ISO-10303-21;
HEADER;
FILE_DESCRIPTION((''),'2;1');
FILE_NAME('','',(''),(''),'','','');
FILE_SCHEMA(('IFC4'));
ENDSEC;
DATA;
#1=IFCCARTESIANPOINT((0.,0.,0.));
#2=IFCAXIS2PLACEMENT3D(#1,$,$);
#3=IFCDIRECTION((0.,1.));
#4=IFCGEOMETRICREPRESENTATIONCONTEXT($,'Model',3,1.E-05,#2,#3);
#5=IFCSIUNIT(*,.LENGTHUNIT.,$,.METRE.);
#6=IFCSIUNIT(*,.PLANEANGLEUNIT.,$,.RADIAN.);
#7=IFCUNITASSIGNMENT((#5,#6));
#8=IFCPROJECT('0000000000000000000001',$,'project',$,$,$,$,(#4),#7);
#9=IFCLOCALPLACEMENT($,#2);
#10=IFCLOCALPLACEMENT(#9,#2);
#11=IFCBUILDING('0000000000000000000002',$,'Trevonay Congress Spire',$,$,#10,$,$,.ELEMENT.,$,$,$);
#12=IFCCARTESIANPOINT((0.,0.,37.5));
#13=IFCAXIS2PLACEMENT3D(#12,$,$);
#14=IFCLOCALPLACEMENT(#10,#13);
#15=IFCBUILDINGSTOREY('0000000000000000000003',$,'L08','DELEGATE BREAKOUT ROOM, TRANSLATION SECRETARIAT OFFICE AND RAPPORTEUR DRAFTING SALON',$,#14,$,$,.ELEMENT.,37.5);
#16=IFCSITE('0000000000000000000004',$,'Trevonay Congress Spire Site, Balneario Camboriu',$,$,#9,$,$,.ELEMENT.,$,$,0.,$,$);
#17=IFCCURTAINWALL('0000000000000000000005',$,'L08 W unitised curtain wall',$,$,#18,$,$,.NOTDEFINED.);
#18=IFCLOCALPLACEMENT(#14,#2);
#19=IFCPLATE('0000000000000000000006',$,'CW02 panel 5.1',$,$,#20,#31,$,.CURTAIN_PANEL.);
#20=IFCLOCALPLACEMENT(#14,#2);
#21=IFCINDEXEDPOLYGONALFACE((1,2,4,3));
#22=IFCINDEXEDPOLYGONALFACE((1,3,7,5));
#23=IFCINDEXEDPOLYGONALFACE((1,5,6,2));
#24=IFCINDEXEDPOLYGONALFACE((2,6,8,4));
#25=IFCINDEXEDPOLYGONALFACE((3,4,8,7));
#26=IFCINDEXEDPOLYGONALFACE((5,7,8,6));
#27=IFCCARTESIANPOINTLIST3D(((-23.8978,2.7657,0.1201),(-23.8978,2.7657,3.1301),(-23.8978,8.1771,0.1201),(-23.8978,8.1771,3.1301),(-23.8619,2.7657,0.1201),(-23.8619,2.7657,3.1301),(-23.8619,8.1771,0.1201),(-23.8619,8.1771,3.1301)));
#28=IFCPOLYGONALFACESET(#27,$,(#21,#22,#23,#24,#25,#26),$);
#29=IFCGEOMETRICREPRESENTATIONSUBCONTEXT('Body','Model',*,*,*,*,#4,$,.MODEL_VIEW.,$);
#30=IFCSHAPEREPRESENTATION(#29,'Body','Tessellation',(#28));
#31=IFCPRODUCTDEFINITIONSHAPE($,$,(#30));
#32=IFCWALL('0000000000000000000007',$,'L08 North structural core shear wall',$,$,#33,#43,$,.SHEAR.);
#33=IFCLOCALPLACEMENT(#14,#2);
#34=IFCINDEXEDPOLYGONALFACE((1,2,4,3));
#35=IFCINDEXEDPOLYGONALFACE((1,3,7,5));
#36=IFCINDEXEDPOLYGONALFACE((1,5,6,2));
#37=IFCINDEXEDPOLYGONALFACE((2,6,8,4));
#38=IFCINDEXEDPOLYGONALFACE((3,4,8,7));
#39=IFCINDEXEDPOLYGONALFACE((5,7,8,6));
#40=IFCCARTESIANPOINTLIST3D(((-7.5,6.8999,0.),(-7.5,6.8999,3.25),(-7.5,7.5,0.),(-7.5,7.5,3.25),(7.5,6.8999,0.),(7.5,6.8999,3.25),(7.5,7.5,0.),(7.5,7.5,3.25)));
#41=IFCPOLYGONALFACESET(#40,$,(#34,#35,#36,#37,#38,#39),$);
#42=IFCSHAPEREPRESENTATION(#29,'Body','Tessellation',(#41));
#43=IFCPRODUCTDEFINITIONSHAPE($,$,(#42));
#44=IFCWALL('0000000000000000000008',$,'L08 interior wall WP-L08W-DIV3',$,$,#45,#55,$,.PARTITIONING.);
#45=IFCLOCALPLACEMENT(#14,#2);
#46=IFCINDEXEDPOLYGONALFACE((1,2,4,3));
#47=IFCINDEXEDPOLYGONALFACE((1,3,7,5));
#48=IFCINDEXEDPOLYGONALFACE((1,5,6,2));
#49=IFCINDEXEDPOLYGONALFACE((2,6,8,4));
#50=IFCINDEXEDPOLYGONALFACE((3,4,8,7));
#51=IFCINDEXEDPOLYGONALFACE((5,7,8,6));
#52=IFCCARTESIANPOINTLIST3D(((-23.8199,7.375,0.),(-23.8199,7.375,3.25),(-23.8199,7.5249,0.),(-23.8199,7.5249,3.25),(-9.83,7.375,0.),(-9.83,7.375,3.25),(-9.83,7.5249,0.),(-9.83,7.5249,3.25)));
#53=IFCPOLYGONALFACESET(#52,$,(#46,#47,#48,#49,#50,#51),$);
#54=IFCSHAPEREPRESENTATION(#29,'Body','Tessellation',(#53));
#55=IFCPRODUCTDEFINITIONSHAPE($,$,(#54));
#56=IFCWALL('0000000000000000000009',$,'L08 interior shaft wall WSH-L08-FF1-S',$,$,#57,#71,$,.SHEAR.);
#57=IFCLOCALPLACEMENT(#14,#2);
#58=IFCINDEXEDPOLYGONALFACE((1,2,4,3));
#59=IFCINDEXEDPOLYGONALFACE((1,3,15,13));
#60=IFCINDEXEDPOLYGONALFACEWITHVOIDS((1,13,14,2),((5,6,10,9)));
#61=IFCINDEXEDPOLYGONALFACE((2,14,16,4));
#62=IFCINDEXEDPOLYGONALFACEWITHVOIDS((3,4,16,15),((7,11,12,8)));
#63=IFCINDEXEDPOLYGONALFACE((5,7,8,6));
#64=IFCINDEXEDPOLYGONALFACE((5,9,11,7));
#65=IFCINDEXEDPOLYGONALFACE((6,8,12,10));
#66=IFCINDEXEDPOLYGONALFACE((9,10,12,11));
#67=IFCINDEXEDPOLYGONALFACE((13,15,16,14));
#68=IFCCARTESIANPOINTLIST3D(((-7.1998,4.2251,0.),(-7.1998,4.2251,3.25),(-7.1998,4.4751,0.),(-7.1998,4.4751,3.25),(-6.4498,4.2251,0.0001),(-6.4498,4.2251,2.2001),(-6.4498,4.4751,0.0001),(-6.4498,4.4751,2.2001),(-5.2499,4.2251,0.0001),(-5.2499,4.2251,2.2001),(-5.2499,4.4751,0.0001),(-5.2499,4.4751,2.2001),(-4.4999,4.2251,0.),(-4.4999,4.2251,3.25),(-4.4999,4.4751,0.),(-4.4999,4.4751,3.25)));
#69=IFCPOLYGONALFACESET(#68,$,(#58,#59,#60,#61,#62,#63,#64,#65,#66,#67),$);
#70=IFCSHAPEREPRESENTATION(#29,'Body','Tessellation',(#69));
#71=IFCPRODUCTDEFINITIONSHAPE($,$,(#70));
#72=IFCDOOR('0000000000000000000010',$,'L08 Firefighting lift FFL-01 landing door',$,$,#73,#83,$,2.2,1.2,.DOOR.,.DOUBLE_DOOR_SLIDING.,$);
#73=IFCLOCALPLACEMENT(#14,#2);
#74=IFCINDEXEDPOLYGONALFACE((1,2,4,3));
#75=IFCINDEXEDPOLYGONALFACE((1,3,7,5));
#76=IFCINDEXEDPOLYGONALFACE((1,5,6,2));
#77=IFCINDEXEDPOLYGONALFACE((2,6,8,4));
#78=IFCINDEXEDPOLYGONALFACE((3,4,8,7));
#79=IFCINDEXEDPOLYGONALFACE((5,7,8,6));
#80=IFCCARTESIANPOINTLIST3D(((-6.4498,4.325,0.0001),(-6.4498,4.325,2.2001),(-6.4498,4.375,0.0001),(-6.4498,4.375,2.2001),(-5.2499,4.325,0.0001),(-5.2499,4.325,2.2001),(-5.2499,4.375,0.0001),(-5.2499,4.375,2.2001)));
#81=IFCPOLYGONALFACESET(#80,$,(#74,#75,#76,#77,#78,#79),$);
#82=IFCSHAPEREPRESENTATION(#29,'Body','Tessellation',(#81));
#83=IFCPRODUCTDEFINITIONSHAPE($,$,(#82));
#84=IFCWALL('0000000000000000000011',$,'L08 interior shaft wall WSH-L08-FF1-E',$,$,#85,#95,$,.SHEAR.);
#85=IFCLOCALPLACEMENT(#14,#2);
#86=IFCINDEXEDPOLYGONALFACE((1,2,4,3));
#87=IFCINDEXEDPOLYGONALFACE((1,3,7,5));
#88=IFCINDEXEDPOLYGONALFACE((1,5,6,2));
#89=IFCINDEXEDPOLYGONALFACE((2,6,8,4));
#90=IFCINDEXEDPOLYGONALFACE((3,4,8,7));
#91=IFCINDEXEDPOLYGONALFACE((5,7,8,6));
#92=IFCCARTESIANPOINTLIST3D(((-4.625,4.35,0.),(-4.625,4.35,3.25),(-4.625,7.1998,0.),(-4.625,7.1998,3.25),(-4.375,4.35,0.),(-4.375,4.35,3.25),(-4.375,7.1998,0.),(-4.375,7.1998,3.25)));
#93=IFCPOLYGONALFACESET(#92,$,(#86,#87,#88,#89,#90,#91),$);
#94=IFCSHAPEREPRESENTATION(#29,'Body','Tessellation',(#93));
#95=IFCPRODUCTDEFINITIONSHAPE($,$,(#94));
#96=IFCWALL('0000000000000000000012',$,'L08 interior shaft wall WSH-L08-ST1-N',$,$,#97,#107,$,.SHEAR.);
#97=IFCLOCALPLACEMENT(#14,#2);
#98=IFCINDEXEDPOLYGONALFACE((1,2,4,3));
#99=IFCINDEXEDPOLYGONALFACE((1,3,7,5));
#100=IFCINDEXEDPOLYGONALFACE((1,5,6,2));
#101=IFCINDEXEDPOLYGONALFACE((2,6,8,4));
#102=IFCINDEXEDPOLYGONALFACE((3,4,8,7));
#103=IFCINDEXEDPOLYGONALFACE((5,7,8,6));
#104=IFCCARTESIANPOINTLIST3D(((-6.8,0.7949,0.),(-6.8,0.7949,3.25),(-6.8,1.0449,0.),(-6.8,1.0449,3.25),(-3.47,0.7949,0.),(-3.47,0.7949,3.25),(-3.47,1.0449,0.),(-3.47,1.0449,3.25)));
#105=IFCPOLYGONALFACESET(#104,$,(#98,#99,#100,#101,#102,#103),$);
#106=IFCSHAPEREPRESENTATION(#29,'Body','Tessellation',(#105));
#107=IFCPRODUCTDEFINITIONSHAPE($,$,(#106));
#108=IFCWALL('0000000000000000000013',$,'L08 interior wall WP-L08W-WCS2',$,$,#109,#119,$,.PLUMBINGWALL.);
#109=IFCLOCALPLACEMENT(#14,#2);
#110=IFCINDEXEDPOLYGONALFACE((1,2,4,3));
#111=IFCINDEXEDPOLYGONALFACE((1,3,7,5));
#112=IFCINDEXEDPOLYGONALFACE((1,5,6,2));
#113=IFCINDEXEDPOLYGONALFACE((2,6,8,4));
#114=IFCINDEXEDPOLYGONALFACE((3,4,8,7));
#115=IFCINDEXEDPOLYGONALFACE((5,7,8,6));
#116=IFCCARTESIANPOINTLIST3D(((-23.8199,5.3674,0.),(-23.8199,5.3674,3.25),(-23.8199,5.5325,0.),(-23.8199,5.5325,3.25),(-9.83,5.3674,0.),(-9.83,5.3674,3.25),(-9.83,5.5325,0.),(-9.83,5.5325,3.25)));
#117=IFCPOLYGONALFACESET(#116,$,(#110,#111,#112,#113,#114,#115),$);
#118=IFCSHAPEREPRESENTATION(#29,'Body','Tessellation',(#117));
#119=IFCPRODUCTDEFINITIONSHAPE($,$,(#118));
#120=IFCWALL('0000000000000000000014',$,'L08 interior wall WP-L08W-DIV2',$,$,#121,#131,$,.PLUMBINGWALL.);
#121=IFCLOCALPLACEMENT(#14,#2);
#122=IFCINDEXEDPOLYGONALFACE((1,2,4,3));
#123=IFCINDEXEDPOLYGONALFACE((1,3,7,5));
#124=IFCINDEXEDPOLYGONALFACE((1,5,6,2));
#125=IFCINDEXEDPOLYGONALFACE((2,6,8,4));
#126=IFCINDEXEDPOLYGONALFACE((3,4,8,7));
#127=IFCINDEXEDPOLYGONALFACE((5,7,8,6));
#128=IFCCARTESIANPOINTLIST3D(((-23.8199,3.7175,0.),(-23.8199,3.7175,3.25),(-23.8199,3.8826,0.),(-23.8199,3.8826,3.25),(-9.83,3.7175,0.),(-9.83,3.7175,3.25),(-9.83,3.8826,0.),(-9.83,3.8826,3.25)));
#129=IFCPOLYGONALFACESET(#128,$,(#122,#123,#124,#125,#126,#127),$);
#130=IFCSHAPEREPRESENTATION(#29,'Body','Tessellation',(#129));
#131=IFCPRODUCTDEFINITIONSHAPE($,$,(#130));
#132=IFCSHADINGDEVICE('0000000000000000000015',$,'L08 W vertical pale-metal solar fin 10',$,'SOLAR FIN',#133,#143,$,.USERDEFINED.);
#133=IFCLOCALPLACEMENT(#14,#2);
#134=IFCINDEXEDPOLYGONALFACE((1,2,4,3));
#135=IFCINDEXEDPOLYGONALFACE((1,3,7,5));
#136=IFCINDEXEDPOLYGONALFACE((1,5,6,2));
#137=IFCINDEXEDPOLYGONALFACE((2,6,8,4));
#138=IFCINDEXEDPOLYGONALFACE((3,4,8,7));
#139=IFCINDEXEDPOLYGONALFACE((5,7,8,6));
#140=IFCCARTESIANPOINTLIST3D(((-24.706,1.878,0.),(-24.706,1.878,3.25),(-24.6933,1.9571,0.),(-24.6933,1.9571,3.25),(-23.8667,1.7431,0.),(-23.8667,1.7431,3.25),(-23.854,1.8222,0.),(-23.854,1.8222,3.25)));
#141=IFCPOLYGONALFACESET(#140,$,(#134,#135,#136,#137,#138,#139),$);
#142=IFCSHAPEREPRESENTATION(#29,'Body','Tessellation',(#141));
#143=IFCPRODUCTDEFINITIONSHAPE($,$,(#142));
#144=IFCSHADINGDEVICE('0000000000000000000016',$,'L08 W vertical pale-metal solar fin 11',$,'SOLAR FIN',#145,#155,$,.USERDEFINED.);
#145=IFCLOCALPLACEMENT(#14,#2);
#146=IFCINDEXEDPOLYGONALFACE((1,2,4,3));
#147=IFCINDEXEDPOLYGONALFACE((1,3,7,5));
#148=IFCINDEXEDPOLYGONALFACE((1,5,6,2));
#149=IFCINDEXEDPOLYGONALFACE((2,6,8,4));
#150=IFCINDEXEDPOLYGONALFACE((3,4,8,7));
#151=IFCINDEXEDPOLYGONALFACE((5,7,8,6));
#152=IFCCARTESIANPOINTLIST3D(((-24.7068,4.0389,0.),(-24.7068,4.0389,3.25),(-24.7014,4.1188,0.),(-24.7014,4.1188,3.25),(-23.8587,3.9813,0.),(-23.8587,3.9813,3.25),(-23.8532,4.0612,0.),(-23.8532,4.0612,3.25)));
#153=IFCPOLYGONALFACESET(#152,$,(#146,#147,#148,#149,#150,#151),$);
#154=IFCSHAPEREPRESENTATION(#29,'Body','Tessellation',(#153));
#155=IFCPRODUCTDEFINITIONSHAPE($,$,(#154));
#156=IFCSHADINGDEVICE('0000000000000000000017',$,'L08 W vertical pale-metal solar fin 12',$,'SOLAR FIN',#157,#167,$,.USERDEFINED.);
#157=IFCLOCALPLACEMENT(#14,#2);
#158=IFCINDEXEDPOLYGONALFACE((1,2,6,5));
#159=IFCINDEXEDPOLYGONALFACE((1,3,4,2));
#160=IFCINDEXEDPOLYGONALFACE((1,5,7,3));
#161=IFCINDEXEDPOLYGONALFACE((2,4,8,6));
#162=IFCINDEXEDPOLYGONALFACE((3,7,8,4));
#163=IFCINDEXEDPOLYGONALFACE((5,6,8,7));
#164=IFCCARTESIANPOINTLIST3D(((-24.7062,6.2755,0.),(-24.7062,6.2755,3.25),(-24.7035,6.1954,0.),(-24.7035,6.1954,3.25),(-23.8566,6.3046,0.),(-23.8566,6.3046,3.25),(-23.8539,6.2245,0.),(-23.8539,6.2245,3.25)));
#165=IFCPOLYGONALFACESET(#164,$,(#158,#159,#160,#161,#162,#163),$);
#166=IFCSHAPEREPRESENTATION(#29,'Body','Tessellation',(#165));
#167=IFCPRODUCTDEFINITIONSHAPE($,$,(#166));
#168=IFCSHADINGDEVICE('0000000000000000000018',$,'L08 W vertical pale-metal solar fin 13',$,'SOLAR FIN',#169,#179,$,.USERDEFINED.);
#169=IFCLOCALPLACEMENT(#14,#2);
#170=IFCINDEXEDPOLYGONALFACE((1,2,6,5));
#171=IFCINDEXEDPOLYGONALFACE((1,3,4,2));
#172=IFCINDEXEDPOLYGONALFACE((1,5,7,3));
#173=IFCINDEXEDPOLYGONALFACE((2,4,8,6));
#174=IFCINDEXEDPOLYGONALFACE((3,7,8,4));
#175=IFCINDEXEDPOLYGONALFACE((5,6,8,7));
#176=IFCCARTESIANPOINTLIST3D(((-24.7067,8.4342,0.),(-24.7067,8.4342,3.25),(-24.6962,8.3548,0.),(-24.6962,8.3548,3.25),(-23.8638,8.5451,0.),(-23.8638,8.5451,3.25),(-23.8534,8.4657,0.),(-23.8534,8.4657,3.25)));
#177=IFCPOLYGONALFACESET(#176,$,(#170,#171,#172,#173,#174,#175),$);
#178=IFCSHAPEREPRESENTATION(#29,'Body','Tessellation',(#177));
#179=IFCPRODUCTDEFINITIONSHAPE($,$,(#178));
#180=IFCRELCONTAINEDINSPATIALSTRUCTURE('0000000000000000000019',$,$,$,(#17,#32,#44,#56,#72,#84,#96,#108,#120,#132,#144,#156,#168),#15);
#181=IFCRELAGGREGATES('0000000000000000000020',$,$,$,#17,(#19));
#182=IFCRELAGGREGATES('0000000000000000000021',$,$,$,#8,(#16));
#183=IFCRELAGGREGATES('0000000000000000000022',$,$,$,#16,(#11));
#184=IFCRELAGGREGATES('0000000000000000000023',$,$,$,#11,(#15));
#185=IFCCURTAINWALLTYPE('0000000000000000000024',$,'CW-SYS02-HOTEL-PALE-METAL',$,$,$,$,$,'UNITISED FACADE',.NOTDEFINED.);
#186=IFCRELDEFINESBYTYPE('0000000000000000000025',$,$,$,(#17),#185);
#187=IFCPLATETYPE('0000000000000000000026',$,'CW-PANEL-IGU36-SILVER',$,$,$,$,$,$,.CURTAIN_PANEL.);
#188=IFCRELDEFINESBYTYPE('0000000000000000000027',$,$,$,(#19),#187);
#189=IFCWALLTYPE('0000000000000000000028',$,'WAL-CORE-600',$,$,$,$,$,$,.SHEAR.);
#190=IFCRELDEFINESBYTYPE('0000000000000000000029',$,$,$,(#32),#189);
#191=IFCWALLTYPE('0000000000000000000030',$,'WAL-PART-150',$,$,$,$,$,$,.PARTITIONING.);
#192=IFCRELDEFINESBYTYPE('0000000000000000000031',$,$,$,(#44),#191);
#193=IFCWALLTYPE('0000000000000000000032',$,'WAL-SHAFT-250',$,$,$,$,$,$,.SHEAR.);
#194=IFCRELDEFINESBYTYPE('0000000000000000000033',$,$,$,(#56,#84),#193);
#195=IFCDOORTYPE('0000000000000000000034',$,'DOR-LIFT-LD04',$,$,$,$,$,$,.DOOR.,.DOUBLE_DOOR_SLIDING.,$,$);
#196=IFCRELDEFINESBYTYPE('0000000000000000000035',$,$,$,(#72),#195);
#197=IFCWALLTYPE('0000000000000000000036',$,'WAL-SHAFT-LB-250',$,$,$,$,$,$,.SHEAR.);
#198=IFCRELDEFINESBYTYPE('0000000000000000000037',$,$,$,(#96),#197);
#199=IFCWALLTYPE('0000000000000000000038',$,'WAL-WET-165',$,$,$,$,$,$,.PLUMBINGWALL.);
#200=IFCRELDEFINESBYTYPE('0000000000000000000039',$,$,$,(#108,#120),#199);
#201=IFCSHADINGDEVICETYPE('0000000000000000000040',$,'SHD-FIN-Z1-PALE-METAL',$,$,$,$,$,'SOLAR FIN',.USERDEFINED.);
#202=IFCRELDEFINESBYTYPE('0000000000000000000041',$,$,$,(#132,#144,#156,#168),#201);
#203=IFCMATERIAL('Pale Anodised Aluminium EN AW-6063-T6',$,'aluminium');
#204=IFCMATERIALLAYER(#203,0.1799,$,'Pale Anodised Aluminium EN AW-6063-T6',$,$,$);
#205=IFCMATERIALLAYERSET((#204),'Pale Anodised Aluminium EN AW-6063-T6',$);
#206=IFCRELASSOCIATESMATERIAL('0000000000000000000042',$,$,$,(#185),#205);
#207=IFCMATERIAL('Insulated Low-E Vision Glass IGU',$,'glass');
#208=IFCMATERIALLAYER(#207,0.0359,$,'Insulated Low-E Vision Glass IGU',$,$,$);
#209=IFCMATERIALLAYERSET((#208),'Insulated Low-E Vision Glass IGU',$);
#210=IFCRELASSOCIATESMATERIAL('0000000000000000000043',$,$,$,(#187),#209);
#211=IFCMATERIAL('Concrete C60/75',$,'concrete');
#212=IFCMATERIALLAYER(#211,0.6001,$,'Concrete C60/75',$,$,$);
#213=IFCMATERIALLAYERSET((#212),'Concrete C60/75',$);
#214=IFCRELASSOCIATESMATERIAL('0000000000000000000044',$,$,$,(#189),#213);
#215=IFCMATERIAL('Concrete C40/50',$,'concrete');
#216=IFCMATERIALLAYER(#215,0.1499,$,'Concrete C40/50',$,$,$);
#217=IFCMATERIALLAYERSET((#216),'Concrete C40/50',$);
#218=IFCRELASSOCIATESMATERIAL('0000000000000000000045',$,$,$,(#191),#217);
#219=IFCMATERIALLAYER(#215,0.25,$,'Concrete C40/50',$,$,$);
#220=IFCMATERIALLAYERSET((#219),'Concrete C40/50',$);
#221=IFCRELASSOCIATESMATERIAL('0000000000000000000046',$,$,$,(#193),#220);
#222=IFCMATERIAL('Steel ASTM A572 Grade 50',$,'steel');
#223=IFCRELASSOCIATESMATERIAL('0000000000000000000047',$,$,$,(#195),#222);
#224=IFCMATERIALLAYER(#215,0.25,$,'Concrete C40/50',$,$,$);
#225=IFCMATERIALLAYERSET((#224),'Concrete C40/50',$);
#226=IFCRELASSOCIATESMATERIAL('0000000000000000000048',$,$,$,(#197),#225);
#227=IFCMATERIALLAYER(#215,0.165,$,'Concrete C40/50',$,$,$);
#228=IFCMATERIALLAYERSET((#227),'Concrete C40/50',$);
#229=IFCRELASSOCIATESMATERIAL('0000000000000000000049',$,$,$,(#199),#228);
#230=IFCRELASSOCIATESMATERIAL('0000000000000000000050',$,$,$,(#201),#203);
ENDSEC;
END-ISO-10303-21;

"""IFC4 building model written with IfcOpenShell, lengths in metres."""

from ifc_helpers import new_model, si_unit, direction, frame, frame_2d, origin, origin_2d, place, context, subcontext, project, spatial, rectangle, extrude, material, layer, layer_set, type_object, element, fill, aggregate, save


model = new_model("IFC4")

# Units and contexts
model_context = context("Model", 3, precision=1e-05, world=origin(), true_north=direction((0.0, 1.0)))
body_context = subcontext(model_context, "Body", "Model", "MODEL_VIEW")
ifc_project = project(units=[si_unit("LENGTHUNIT", "METRE"), si_unit("PLANEANGLEUNIT", "RADIAN")], contexts=[model_context])

# Site, building, storey
site_placement = place(None, origin())
site = spatial("IfcSite", under=ifc_project, at=site_placement, Name="Trevonay Congress Spire Site, Balneario Camboriu", CompositionType="ELEMENT", RefElevation=0.0)
building_placement = place(site_placement, origin())
building = spatial("IfcBuilding", under=site, at=building_placement, Name="Trevonay Congress Spire", CompositionType="ELEMENT")
storey_placement = place(building_placement, frame((0.0, 0.0, 37.5)))
storey = spatial("IfcBuildingStorey", under=building, at=storey_placement, Name="L08", Description="DELEGATE BREAKOUT ROOM, TRANSLATION SECRETARIAT OFFICE AND RAPPORTEUR DRAFTING SALON", CompositionType="ELEMENT", Elevation=37.5)

# Shared definitions
ifc_material_1 = material(Name="Steel ASTM A572 Grade 50", Category="steel")

# Curtain wall, plate
ifc_material_2 = material(Name="Pale Anodised Aluminium EN AW-6063-T6", Category="aluminium")
ifc_layer_1 = layer(ifc_material_2, 0.1799, Name="Pale Anodised Aluminium EN AW-6063-T6")
ifc_layer_set_1 = layer_set([ifc_layer_1], Name="Pale Anodised Aluminium EN AW-6063-T6")
curtain_wall_type = type_object("IfcCurtainWallType", Name="CW-SYS02-HOTEL-PALE-METAL", ElementType="UNITISED FACADE", PredefinedType="NOTDEFINED", material=ifc_layer_set_1)
curtain_wall_placement = place(storey_placement, origin())
curtain_wall = element("IfcCurtainWall", 1, at=curtain_wall_placement, inside=storey, type_object=curtain_wall_type, Name="L08 W unitised curtain wall", PredefinedType="NOTDEFINED")
ifc_material_3 = material(Name="Insulated Low-E Vision Glass IGU", Category="glass")
ifc_layer_2 = layer(ifc_material_3, 0.0359, Name="Insulated Low-E Vision Glass IGU")
ifc_layer_set_2 = layer_set([ifc_layer_2], Name="Insulated Low-E Vision Glass IGU")
plate_type = type_object("IfcPlateType", Name="CW-PANEL-IGU36-SILVER", PredefinedType="CURTAIN_PANEL", material=ifc_layer_set_2)
plate_placement = place(storey_placement, frame((-23.8799, 5.4714, 0.1201), z_axis=(0.0, 0.0, 1.0), x_axis=(0.0, 1.0, 0.0)))
plate = element("IfcPlate", 2, at=plate_placement, type_object=plate_type, Name="CW02 panel 5.1", PredefinedType="CURTAIN_PANEL", context=body_context, shape_type="SweptSolid", body=[
    extrude(rectangle(XDim=5.4114, YDim=0.0359, at=origin_2d()), origin(), (0.0, 0.0, 1.0), 3.01),
])
aggregate(curtain_wall, [plate])

# Walls
ifc_material_4 = material(Name="Concrete C60/75", Category="concrete")
ifc_layer_3 = layer(ifc_material_4, 0.6001, Name="Concrete C60/75")
ifc_layer_set_3 = layer_set([ifc_layer_3], Name="Concrete C60/75")
wall_type_1 = type_object("IfcWallType", Name="WAL-CORE-600", PredefinedType="SHEAR", material=ifc_layer_set_3)
wall_1_placement = place(storey_placement, frame((-7.5, 7.2, 0.0), z_axis=(0.0, 0.0, 1.0), x_axis=(1.0, 0.0, 0.0)))
element("IfcWall", 3, at=wall_1_placement, inside=storey, type_object=wall_type_1, Name="L08 North structural core shear wall", PredefinedType="SHEAR", context=body_context, shape_type="SweptSolid", body=[
    extrude(rectangle(XDim=15.0, YDim=0.6001, at=frame_2d((7.5, 0.0))), origin(), (0.0, 0.0, 1.0), 3.25),
])
ifc_material_5 = material(Name="Concrete C40/50", Category="concrete")
ifc_layer_4 = layer(ifc_material_5, 0.1499, Name="Concrete C40/50")
ifc_layer_set_4 = layer_set([ifc_layer_4], Name="Concrete C40/50")
wall_type_2 = type_object("IfcWallType", Name="WAL-PART-150", PredefinedType="PARTITIONING", material=ifc_layer_set_4)
wall_2_placement = place(storey_placement, frame((-23.8201, 7.45, 0.0), z_axis=(0.0, 0.0, 1.0), x_axis=(1.0, 0.0, 0.0)))
element("IfcWall", 4, at=wall_2_placement, inside=storey, type_object=wall_type_2, Name="L08 interior wall WP-L08W-DIV3", PredefinedType="PARTITIONING", context=body_context, shape_type="SweptSolid", body=[
    extrude(rectangle(XDim=13.99, YDim=0.1499, at=frame_2d((6.9951, 0.0))), origin(), (0.0, 0.0, 1.0), 3.25),
])

# Wall, opening, door
ifc_layer_5 = layer(ifc_material_5, 0.25, Name="Concrete C40/50")
ifc_layer_set_5 = layer_set([ifc_layer_5], Name="Concrete C40/50")
wall_type_3 = type_object("IfcWallType", Name="WAL-SHAFT-250", PredefinedType="SHEAR", material=ifc_layer_set_5)
wall_3_placement = place(storey_placement, frame((-7.2, 4.3501, 0.0), z_axis=(0.0, 0.0, 1.0), x_axis=(1.0, 0.0, 0.0)))
wall_3 = element("IfcWall", 5, at=wall_3_placement, inside=storey, type_object=wall_type_3, Name="L08 interior shaft wall WSH-L08-FF1-S", PredefinedType="SHEAR", context=body_context, shape_type="SweptSolid", body=[
    extrude(rectangle(XDim=2.7, YDim=0.25, at=frame_2d((1.3501, 0.0))), origin(), (0.0, 0.0, 1.0), 3.25),
])
opening_placement = place(wall_3_placement, frame((0.75, 0.0, 0.0)))
opening = element("IfcOpeningElement", 6, at=opening_placement, cuts=wall_3, PredefinedType="OPENING", context=body_context, shape_type="SweptSolid", body=[
    extrude(rectangle(XDim=1.2, YDim=2.2, at=frame_2d((0.6001, 1.1001))), frame((0.0, 0.135, 0.0), z_axis=(0.0, -1.0, 0.0), x_axis=(1.0, 0.0, 0.0)), (0.0, 0.0, 1.0), 0.27),
])
door_type = type_object("IfcDoorType", Name="DOR-LIFT-LD04", OperationType="DOUBLE_DOOR_SLIDING", PredefinedType="DOOR", material=ifc_material_1)
door_placement = place(opening_placement, origin())
door = element("IfcDoor", 7, at=door_placement, inside=storey, type_object=door_type, Name="L08 Firefighting lift FFL-01 landing door", OperationType="DOUBLE_DOOR_SLIDING", OverallHeight=2.2, OverallWidth=1.2, PredefinedType="DOOR", context=body_context, shape_type="SweptSolid", body=[
    extrude(rectangle(XDim=1.2, YDim=2.2, at=frame_2d((0.6001, 1.1001))), frame((0.0, 0.0249, 0.0), z_axis=(0.0, -1.0, 0.0), x_axis=(1.0, 0.0, 0.0)), (0.0, 0.0, 1.0), 0.05),
])
fill(opening, door)

# Walls
wall_4_placement = place(storey_placement, frame((-4.5, 4.3501, 0.0), z_axis=(0.0, 0.0, 1.0), x_axis=(0.0, 1.0, 0.0)))
element("IfcWall", 8, at=wall_4_placement, inside=storey, type_object=wall_type_3, Name="L08 interior shaft wall WSH-L08-FF1-E", PredefinedType="SHEAR", context=body_context, shape_type="SweptSolid", body=[
    extrude(rectangle(XDim=2.8499, YDim=0.25, at=frame_2d((1.4248, 0.0))), origin(), (0.0, 0.0, 1.0), 3.25),
])
ifc_layer_6 = layer(ifc_material_5, 0.25, Name="Concrete C40/50")
ifc_layer_set_6 = layer_set([ifc_layer_6], Name="Concrete C40/50")
wall_type_4 = type_object("IfcWallType", Name="WAL-SHAFT-LB-250", PredefinedType="SHEAR", material=ifc_layer_set_6)
wall_5_placement = place(storey_placement, frame((-6.8, 0.9199, 0.0), z_axis=(0.0, 0.0, 1.0), x_axis=(1.0, 0.0, 0.0)))
element("IfcWall", 9, at=wall_5_placement, inside=storey, type_object=wall_type_4, Name="L08 interior shaft wall WSH-L08-ST1-N", PredefinedType="SHEAR", context=body_context, shape_type="SweptSolid", body=[
    extrude(rectangle(XDim=3.3301, YDim=0.25, at=frame_2d((1.665, 0.0))), origin(), (0.0, 0.0, 1.0), 3.25),
])
ifc_layer_7 = layer(ifc_material_5, 0.165, Name="Concrete C40/50")
ifc_layer_set_7 = layer_set([ifc_layer_7], Name="Concrete C40/50")
wall_type_5 = type_object("IfcWallType", Name="WAL-WET-165", PredefinedType="PLUMBINGWALL", material=ifc_layer_set_7)
for number, where, z_axis, x_axis, name in (
    (10, (-23.8201, 5.45, 0.0), (0.0, 0.0, 1.0), (1.0, 0.0, 0.0), "L08 interior wall WP-L08W-WCS2"),
    (11, (-23.8201, 3.8, 0.0), (0.0, 0.0, 1.0), (1.0, 0.0, 0.0), "L08 interior wall WP-L08W-DIV2"),
):
    element("IfcWall", number, at=place(storey_placement, frame(where, z_axis=z_axis, x_axis=x_axis)), inside=storey, type_object=wall_type_5, Name=name, PredefinedType="PLUMBINGWALL", context=body_context, shape_type="SweptSolid", body=[
        extrude(rectangle(XDim=13.99, YDim=0.165, at=frame_2d((6.9951, 0.0))), origin(), (0.0, 0.0, 1.0), 3.25),
    ])

# Shading devices
shading_device_type = type_object("IfcShadingDeviceType", Name="SHD-FIN-Z1-PALE-METAL", ElementType="SOLAR FIN", PredefinedType="USERDEFINED", material=ifc_material_2)
for number, where, z_axis, x_axis, name in (
    (12, (-24.28, 1.8501, 0.0), (0.0, 0.0, 1.0), (0.158675, 0.987331, 0.0), "L08 W vertical pale-metal solar fin 10"),
    (13, (-24.28, 4.05, 0.0), (0.0, 0.0, 1.0), (0.067667, 0.997708, 0.0), "L08 W vertical pale-metal solar fin 11"),
    (14, (-24.28, 6.25, 0.0), (0.0, 0.0, 1.0), (-0.034202, 0.999415, 0.0), "L08 W vertical pale-metal solar fin 12"),
    (15, (-24.28, 8.45, 0.0), (0.0, 0.0, 1.0), (-0.130526, 0.991445, 0.0), "L08 W vertical pale-metal solar fin 13"),
):
    element("IfcShadingDevice", number, at=place(storey_placement, frame(where, z_axis=z_axis, x_axis=x_axis)), inside=storey, type_object=shading_device_type, Name=name, ObjectType="SOLAR FIN", PredefinedType="USERDEFINED", context=body_context, shape_type="SweptSolid", body=[
        extrude(rectangle(XDim=0.0801, YDim=0.8501, at=origin_2d()), origin(), (0.0, 0.0, 1.0), 3.25),
    ])

save(model, "model.ifc")
